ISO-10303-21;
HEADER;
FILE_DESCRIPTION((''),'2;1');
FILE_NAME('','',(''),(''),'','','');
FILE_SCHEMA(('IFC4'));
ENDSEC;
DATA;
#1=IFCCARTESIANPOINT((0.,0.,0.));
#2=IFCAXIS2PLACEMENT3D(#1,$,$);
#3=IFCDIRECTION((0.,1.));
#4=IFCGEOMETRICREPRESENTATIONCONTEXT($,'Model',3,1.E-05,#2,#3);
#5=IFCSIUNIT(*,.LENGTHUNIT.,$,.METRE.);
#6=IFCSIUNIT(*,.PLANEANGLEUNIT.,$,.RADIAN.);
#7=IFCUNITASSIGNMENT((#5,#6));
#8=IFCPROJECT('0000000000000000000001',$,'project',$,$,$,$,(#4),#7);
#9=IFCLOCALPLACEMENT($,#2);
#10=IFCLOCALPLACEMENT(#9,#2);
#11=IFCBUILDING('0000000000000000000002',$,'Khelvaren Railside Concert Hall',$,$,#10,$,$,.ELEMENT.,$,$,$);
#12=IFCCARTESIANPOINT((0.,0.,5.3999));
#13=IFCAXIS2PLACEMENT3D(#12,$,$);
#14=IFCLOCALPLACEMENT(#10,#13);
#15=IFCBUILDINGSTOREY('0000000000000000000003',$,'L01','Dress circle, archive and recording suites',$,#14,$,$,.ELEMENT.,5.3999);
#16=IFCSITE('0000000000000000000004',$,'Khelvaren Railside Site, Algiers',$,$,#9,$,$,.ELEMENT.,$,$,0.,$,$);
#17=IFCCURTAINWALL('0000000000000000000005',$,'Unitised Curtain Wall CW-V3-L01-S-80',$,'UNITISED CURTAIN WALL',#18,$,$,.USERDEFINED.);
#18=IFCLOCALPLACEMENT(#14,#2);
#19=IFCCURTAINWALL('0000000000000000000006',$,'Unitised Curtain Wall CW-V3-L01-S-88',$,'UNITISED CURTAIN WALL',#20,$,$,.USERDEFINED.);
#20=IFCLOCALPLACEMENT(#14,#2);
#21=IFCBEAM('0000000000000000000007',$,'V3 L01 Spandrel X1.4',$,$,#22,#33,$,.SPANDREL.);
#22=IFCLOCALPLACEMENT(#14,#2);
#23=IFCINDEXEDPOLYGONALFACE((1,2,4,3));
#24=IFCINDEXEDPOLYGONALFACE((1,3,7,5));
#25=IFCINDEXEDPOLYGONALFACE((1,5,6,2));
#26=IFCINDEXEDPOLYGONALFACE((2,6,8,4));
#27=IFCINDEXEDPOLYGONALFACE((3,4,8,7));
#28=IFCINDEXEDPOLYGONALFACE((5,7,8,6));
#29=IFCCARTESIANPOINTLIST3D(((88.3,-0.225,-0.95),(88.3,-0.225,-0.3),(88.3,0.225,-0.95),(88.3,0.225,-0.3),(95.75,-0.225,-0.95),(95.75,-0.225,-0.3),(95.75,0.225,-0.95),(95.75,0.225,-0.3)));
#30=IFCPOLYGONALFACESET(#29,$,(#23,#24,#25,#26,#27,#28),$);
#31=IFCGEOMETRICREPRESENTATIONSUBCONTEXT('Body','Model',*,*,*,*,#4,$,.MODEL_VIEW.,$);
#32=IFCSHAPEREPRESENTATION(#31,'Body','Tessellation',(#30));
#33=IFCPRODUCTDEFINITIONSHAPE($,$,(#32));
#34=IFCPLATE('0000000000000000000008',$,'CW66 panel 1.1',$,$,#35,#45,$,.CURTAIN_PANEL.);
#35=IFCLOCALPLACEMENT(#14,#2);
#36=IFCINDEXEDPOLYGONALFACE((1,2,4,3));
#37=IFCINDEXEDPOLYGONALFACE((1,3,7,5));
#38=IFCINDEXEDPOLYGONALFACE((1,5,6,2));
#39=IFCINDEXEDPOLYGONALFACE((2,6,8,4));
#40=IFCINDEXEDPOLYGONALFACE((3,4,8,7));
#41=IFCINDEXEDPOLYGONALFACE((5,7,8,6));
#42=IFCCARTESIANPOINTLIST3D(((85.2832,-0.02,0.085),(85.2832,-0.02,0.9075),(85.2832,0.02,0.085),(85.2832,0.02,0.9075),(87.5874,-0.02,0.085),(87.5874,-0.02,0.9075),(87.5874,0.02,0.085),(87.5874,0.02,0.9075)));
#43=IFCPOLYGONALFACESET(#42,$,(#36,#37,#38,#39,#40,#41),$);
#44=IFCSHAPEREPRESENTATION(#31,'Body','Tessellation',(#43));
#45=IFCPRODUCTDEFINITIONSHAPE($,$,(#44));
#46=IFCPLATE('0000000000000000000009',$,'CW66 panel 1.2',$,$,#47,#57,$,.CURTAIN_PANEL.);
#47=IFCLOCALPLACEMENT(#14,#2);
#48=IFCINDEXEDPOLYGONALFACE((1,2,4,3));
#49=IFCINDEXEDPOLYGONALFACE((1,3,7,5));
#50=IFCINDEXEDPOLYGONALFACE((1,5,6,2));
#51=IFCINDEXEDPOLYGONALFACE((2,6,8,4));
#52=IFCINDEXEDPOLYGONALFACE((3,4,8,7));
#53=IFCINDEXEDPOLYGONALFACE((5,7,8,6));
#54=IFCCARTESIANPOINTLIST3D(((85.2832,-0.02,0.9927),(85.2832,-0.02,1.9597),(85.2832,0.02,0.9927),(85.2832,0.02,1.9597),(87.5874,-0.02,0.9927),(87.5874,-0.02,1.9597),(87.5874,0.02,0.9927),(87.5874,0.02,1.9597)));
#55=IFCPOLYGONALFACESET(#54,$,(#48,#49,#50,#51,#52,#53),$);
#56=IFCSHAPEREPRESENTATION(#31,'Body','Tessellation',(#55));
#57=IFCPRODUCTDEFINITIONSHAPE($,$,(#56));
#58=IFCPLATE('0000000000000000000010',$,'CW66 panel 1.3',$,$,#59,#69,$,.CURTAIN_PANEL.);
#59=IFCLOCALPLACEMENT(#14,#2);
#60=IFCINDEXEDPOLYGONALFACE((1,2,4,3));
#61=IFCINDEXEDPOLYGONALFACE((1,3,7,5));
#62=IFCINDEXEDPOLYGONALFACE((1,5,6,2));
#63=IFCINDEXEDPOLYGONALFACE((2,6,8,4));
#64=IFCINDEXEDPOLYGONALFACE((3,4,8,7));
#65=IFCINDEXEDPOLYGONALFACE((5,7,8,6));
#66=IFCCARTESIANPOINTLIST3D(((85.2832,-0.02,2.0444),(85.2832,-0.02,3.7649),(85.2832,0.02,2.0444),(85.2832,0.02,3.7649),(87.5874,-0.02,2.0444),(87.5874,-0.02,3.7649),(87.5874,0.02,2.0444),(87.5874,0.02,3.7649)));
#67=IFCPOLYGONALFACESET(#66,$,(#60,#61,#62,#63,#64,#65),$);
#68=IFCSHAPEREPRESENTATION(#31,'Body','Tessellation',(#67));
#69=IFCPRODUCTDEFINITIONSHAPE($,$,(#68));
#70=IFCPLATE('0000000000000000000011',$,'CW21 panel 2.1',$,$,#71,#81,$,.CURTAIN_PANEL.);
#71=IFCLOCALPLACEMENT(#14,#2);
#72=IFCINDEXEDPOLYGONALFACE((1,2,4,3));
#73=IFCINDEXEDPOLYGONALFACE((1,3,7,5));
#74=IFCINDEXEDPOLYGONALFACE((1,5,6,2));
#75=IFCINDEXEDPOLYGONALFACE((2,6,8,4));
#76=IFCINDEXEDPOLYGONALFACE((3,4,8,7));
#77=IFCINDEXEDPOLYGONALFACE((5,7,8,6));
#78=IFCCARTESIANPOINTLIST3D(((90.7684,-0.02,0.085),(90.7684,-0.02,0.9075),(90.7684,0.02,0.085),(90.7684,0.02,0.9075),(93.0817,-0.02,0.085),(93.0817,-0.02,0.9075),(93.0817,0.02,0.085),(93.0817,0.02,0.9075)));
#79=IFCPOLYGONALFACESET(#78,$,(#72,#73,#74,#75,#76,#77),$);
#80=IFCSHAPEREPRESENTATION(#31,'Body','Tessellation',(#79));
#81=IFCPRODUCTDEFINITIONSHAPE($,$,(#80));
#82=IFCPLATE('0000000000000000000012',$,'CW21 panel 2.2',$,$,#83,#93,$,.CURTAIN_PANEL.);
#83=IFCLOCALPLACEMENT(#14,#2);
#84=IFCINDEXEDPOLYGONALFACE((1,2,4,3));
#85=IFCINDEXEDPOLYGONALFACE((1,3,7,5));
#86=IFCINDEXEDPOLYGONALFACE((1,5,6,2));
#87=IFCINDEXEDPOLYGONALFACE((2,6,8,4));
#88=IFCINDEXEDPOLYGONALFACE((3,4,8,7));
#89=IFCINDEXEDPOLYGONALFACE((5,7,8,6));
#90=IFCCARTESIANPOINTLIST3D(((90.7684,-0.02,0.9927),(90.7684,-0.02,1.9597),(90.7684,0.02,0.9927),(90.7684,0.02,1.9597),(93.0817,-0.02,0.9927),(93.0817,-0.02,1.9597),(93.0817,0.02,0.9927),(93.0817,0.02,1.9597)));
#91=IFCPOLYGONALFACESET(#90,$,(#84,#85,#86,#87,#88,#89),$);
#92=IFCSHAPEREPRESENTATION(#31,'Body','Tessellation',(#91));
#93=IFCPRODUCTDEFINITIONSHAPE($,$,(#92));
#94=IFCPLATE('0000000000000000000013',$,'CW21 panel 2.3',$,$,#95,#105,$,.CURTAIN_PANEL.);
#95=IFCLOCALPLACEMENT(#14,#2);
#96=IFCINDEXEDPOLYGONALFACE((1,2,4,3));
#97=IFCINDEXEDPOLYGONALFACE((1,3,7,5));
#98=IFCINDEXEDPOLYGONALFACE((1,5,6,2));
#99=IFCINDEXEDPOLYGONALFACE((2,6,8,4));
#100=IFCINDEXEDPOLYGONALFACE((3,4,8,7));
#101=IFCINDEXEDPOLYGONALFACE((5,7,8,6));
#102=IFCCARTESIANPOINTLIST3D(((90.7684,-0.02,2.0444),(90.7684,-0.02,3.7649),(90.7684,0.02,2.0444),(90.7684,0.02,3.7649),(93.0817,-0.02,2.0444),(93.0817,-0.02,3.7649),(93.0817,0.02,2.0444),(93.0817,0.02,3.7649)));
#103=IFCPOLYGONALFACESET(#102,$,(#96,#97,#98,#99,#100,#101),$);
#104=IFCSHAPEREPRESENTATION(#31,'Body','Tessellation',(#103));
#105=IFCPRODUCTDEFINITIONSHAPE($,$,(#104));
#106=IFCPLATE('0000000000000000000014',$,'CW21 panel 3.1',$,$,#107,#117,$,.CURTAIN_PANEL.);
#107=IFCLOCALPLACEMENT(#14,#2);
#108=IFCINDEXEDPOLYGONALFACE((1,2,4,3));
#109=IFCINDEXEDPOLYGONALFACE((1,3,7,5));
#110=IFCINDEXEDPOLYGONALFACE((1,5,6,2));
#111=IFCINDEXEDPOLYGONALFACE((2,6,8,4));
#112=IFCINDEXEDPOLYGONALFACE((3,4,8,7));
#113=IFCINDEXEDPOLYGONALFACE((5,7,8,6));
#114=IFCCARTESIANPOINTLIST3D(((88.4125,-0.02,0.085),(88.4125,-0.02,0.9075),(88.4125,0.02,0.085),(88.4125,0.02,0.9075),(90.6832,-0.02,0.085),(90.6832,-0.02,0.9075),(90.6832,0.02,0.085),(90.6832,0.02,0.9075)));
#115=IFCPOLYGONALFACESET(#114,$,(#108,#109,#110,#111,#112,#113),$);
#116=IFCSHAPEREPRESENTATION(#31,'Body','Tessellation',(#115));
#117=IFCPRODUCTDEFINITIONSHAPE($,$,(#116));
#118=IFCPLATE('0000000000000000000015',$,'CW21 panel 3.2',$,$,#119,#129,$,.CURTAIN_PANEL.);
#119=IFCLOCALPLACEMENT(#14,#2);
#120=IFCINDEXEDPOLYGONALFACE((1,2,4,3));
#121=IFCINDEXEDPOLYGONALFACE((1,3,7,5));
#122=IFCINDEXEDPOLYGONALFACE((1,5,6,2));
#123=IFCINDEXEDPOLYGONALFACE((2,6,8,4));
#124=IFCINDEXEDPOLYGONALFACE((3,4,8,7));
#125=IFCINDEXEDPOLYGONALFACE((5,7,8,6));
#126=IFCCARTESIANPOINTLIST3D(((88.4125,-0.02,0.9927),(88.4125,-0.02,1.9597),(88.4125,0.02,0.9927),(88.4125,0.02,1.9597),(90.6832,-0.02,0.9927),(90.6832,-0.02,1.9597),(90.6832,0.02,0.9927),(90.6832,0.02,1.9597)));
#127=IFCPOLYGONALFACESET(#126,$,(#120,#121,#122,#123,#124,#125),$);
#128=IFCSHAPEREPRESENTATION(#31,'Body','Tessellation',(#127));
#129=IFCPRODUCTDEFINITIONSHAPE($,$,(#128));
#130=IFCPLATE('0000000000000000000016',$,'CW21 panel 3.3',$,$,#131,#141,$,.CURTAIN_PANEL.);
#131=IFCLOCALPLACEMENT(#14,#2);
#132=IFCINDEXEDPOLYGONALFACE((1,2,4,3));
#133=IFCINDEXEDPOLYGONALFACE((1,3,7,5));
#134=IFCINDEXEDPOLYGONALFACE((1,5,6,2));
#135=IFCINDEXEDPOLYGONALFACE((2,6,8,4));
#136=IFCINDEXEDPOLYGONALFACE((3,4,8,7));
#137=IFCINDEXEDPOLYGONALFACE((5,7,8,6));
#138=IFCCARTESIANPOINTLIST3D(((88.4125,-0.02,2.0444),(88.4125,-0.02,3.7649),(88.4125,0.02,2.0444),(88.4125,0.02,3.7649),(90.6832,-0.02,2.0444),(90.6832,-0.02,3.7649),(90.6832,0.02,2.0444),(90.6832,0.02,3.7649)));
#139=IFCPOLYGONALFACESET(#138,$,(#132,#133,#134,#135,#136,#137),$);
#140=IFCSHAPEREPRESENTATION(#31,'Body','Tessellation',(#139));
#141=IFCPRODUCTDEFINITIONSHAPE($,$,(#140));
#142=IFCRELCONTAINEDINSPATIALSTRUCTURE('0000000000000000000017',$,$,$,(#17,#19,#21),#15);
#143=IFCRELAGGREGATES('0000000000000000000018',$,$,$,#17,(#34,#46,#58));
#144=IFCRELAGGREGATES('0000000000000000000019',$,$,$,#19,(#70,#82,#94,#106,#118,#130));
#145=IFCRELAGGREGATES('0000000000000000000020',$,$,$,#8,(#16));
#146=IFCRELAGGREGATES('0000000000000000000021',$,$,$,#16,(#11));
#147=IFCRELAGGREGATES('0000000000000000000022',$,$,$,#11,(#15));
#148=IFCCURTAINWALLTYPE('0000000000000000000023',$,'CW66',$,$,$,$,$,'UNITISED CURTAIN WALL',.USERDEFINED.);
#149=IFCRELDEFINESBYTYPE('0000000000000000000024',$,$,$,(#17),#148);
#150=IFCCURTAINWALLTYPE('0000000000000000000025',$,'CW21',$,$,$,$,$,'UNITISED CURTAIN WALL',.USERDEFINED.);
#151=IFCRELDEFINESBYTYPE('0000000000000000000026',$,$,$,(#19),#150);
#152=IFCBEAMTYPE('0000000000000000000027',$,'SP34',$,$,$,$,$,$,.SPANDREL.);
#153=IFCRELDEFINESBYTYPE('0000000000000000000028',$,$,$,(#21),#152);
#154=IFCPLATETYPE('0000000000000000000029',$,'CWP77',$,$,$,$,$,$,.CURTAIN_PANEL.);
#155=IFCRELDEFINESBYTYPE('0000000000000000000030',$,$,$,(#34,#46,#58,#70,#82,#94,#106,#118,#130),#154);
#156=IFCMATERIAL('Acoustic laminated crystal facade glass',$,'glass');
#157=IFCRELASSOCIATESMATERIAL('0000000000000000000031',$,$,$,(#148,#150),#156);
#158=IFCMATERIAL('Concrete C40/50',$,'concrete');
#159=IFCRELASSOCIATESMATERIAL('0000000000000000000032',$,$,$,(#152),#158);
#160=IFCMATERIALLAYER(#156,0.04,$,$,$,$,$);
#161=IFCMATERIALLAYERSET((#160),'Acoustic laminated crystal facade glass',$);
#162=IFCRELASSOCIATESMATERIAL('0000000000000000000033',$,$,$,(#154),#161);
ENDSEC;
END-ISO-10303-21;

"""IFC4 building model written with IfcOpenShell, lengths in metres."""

from ifc_helpers import new_model, si_unit, direction, frame, origin, origin_2d, place, context, subcontext, project, spatial, rectangle, extrude, material, layer, layer_set, material_profile, profile_set, type_object, element, aggregate, save


model = new_model("IFC4")

# Units and contexts
model_context = context("Model", 3, precision=1e-05, world=origin(), true_north=direction((0.0, 1.0)))
body_context = subcontext(model_context, "Body", "Model", "MODEL_VIEW")
ifc_project = project(units=[si_unit("LENGTHUNIT", "METRE"), si_unit("PLANEANGLEUNIT", "RADIAN")], contexts=[model_context])

# Site, building, storey
site_placement = place(None, origin())
site = spatial("IfcSite", under=ifc_project, at=site_placement, Name="Khelvaren Railside Site, Algiers", CompositionType="ELEMENT", RefElevation=0.0)
building_placement = place(site_placement, origin())
building = spatial("IfcBuilding", under=site, at=building_placement, Name="Khelvaren Railside Concert Hall", CompositionType="ELEMENT")
storey_placement = place(building_placement, frame((0.0, 0.0, 5.3999)))
storey = spatial("IfcBuildingStorey", under=building, at=storey_placement, Name="L01", Description="Dress circle, archive and recording suites", CompositionType="ELEMENT", Elevation=5.3999)

# Curtain walls
ifc_material_1 = material(Name="Acoustic laminated crystal facade glass", Category="glass")
curtain_wall_type_1 = type_object("IfcCurtainWallType", Name="CW66", ElementType="UNITISED CURTAIN WALL", PredefinedType="USERDEFINED", material=ifc_material_1)
curtain_wall_1_placement = place(storey_placement, origin())
curtain_wall_1 = element("IfcCurtainWall", 1, at=curtain_wall_1_placement, inside=storey, type_object=curtain_wall_type_1, Name="Unitised Curtain Wall CW-V3-L01-S-80", ObjectType="UNITISED CURTAIN WALL", PredefinedType="USERDEFINED")
curtain_wall_type_2 = type_object("IfcCurtainWallType", Name="CW21", ElementType="UNITISED CURTAIN WALL", PredefinedType="USERDEFINED", material=ifc_material_1)
curtain_wall_2_placement = place(storey_placement, origin())
curtain_wall_2 = element("IfcCurtainWall", 2, at=curtain_wall_2_placement, inside=storey, type_object=curtain_wall_type_2, Name="Unitised Curtain Wall CW-V3-L01-S-88", ObjectType="UNITISED CURTAIN WALL", PredefinedType="USERDEFINED")

# Beam
ifc_material_2 = material(Name="Concrete C40/50", Category="concrete")
ifc_material_profile_1 = material_profile(ifc_material_2, rectangle(XDim=0.45, YDim=0.6499, at=origin_2d()), Name="RCB 450x650")
ifc_profile_set_1 = profile_set([ifc_material_profile_1], Name="Concrete C40/50")
beam_type_1 = type_object("IfcBeamType", Name="SP34", PredefinedType="SPANDREL", material=ifc_profile_set_1)
beam_1_placement = place(storey_placement, frame((88.3, 0.0, -0.625), z_axis=(1.0, 0.0, 0.0), x_axis=(0.0, 1.0, 0.0)))
element("IfcBeam", 3, at=beam_1_placement, inside=storey, type_object=beam_type_1, Name="V3 L01 Spandrel X1.4", PredefinedType="SPANDREL", context=body_context, shape_type="SweptSolid", body=[
    extrude(rectangle(XDim=0.45, YDim=0.6499, at=origin_2d()), origin(), (0.0, 0.0, 1.0), 7.45),
])

# Plates
ifc_layer = layer(ifc_material_1, 0.04)
ifc_layer_set = layer_set([ifc_layer], Name="Acoustic laminated crystal facade glass")
plate_type = type_object("IfcPlateType", Name="CWP77", PredefinedType="CURTAIN_PANEL", material=ifc_layer_set)
plate_1_placement = place(storey_placement, frame((86.4353, 0.0, 0.085), z_axis=(0.0, 0.0, 1.0), x_axis=(-1.0, 0.0, 0.0)))
plate_1 = element("IfcPlate", 4, at=plate_1_placement, type_object=plate_type, Name="CW66 panel 1.1", PredefinedType="CURTAIN_PANEL", context=body_context, shape_type="SweptSolid", body=[
    extrude(rectangle(XDim=2.3042, YDim=0.04, at=origin_2d()), origin(), (0.0, 0.0, 1.0), 0.8225),
])
plate_2_placement = place(storey_placement, frame((86.4353, 0.0, 0.9927), z_axis=(0.0, 0.0, 1.0), x_axis=(-1.0, 0.0, 0.0)))
plate_2 = element("IfcPlate", 5, at=plate_2_placement, type_object=plate_type, Name="CW66 panel 1.2", PredefinedType="CURTAIN_PANEL", context=body_context, shape_type="SweptSolid", body=[
    extrude(rectangle(XDim=2.3042, YDim=0.04, at=origin_2d()), origin(), (0.0, 0.0, 1.0), 0.967),
])
plate_3_placement = place(storey_placement, frame((86.4353, 0.0, 2.0444), z_axis=(0.0, 0.0, 1.0), x_axis=(-1.0, 0.0, 0.0)))
plate_3 = element("IfcPlate", 6, at=plate_3_placement, type_object=plate_type, Name="CW66 panel 1.3", PredefinedType="CURTAIN_PANEL", context=body_context, shape_type="SweptSolid", body=[
    extrude(rectangle(XDim=2.3042, YDim=0.04, at=origin_2d()), origin(), (0.0, 0.0, 1.0), 1.7205),
])
aggregate(curtain_wall_1, [plate_1, plate_2, plate_3])
plate_4_placement = place(storey_placement, frame((91.925, 0.0, 0.085), z_axis=(0.0, 0.0, 1.0), x_axis=(-1.0, 0.0, 0.0)))
plate_4 = element("IfcPlate", 7, at=plate_4_placement, type_object=plate_type, Name="CW21 panel 2.1", PredefinedType="CURTAIN_PANEL", context=body_context, shape_type="SweptSolid", body=[
    extrude(rectangle(XDim=2.3132, YDim=0.04, at=origin_2d()), origin(), (0.0, 0.0, 1.0), 0.8225),
])
plate_5_placement = place(storey_placement, frame((91.925, 0.0, 0.9927), z_axis=(0.0, 0.0, 1.0), x_axis=(-1.0, 0.0, 0.0)))
plate_5 = element("IfcPlate", 8, at=plate_5_placement, type_object=plate_type, Name="CW21 panel 2.2", PredefinedType="CURTAIN_PANEL", context=body_context, shape_type="SweptSolid", body=[
    extrude(rectangle(XDim=2.3132, YDim=0.04, at=origin_2d()), origin(), (0.0, 0.0, 1.0), 0.967),
])
plate_6_placement = place(storey_placement, frame((91.925, 0.0, 2.0444), z_axis=(0.0, 0.0, 1.0), x_axis=(-1.0, 0.0, 0.0)))
plate_6 = element("IfcPlate", 9, at=plate_6_placement, type_object=plate_type, Name="CW21 panel 2.3", PredefinedType="CURTAIN_PANEL", context=body_context, shape_type="SweptSolid", body=[
    extrude(rectangle(XDim=2.3132, YDim=0.04, at=origin_2d()), origin(), (0.0, 0.0, 1.0), 1.7205),
])
plate_7_placement = place(storey_placement, frame((89.5479, 0.0, 0.085), z_axis=(0.0, 0.0, 1.0), x_axis=(-1.0, 0.0, 0.0)))
plate_7 = element("IfcPlate", 10, at=plate_7_placement, type_object=plate_type, Name="CW21 panel 3.1", PredefinedType="CURTAIN_PANEL", context=body_context, shape_type="SweptSolid", body=[
    extrude(rectangle(XDim=2.2708, YDim=0.04, at=origin_2d()), origin(), (0.0, 0.0, 1.0), 0.8225),
])
plate_8_placement = place(storey_placement, frame((89.5479, 0.0, 0.9927), z_axis=(0.0, 0.0, 1.0), x_axis=(-1.0, 0.0, 0.0)))
plate_8 = element("IfcPlate", 11, at=plate_8_placement, type_object=plate_type, Name="CW21 panel 3.2", PredefinedType="CURTAIN_PANEL", context=body_context, shape_type="SweptSolid", body=[
    extrude(rectangle(XDim=2.2708, YDim=0.04, at=origin_2d()), origin(), (0.0, 0.0, 1.0), 0.967),
])
plate_9_placement = place(storey_placement, frame((89.5479, 0.0, 2.0444), z_axis=(0.0, 0.0, 1.0), x_axis=(-1.0, 0.0, 0.0)))
plate_9 = element("IfcPlate", 12, at=plate_9_placement, type_object=plate_type, Name="CW21 panel 3.3", PredefinedType="CURTAIN_PANEL", context=body_context, shape_type="SweptSolid", body=[
    extrude(rectangle(XDim=2.2708, YDim=0.04, at=origin_2d()), origin(), (0.0, 0.0, 1.0), 1.7205),
])
aggregate(curtain_wall_2, [plate_4, plate_5, plate_6, plate_7, plate_8, plate_9])

save(model, "model.ifc")
